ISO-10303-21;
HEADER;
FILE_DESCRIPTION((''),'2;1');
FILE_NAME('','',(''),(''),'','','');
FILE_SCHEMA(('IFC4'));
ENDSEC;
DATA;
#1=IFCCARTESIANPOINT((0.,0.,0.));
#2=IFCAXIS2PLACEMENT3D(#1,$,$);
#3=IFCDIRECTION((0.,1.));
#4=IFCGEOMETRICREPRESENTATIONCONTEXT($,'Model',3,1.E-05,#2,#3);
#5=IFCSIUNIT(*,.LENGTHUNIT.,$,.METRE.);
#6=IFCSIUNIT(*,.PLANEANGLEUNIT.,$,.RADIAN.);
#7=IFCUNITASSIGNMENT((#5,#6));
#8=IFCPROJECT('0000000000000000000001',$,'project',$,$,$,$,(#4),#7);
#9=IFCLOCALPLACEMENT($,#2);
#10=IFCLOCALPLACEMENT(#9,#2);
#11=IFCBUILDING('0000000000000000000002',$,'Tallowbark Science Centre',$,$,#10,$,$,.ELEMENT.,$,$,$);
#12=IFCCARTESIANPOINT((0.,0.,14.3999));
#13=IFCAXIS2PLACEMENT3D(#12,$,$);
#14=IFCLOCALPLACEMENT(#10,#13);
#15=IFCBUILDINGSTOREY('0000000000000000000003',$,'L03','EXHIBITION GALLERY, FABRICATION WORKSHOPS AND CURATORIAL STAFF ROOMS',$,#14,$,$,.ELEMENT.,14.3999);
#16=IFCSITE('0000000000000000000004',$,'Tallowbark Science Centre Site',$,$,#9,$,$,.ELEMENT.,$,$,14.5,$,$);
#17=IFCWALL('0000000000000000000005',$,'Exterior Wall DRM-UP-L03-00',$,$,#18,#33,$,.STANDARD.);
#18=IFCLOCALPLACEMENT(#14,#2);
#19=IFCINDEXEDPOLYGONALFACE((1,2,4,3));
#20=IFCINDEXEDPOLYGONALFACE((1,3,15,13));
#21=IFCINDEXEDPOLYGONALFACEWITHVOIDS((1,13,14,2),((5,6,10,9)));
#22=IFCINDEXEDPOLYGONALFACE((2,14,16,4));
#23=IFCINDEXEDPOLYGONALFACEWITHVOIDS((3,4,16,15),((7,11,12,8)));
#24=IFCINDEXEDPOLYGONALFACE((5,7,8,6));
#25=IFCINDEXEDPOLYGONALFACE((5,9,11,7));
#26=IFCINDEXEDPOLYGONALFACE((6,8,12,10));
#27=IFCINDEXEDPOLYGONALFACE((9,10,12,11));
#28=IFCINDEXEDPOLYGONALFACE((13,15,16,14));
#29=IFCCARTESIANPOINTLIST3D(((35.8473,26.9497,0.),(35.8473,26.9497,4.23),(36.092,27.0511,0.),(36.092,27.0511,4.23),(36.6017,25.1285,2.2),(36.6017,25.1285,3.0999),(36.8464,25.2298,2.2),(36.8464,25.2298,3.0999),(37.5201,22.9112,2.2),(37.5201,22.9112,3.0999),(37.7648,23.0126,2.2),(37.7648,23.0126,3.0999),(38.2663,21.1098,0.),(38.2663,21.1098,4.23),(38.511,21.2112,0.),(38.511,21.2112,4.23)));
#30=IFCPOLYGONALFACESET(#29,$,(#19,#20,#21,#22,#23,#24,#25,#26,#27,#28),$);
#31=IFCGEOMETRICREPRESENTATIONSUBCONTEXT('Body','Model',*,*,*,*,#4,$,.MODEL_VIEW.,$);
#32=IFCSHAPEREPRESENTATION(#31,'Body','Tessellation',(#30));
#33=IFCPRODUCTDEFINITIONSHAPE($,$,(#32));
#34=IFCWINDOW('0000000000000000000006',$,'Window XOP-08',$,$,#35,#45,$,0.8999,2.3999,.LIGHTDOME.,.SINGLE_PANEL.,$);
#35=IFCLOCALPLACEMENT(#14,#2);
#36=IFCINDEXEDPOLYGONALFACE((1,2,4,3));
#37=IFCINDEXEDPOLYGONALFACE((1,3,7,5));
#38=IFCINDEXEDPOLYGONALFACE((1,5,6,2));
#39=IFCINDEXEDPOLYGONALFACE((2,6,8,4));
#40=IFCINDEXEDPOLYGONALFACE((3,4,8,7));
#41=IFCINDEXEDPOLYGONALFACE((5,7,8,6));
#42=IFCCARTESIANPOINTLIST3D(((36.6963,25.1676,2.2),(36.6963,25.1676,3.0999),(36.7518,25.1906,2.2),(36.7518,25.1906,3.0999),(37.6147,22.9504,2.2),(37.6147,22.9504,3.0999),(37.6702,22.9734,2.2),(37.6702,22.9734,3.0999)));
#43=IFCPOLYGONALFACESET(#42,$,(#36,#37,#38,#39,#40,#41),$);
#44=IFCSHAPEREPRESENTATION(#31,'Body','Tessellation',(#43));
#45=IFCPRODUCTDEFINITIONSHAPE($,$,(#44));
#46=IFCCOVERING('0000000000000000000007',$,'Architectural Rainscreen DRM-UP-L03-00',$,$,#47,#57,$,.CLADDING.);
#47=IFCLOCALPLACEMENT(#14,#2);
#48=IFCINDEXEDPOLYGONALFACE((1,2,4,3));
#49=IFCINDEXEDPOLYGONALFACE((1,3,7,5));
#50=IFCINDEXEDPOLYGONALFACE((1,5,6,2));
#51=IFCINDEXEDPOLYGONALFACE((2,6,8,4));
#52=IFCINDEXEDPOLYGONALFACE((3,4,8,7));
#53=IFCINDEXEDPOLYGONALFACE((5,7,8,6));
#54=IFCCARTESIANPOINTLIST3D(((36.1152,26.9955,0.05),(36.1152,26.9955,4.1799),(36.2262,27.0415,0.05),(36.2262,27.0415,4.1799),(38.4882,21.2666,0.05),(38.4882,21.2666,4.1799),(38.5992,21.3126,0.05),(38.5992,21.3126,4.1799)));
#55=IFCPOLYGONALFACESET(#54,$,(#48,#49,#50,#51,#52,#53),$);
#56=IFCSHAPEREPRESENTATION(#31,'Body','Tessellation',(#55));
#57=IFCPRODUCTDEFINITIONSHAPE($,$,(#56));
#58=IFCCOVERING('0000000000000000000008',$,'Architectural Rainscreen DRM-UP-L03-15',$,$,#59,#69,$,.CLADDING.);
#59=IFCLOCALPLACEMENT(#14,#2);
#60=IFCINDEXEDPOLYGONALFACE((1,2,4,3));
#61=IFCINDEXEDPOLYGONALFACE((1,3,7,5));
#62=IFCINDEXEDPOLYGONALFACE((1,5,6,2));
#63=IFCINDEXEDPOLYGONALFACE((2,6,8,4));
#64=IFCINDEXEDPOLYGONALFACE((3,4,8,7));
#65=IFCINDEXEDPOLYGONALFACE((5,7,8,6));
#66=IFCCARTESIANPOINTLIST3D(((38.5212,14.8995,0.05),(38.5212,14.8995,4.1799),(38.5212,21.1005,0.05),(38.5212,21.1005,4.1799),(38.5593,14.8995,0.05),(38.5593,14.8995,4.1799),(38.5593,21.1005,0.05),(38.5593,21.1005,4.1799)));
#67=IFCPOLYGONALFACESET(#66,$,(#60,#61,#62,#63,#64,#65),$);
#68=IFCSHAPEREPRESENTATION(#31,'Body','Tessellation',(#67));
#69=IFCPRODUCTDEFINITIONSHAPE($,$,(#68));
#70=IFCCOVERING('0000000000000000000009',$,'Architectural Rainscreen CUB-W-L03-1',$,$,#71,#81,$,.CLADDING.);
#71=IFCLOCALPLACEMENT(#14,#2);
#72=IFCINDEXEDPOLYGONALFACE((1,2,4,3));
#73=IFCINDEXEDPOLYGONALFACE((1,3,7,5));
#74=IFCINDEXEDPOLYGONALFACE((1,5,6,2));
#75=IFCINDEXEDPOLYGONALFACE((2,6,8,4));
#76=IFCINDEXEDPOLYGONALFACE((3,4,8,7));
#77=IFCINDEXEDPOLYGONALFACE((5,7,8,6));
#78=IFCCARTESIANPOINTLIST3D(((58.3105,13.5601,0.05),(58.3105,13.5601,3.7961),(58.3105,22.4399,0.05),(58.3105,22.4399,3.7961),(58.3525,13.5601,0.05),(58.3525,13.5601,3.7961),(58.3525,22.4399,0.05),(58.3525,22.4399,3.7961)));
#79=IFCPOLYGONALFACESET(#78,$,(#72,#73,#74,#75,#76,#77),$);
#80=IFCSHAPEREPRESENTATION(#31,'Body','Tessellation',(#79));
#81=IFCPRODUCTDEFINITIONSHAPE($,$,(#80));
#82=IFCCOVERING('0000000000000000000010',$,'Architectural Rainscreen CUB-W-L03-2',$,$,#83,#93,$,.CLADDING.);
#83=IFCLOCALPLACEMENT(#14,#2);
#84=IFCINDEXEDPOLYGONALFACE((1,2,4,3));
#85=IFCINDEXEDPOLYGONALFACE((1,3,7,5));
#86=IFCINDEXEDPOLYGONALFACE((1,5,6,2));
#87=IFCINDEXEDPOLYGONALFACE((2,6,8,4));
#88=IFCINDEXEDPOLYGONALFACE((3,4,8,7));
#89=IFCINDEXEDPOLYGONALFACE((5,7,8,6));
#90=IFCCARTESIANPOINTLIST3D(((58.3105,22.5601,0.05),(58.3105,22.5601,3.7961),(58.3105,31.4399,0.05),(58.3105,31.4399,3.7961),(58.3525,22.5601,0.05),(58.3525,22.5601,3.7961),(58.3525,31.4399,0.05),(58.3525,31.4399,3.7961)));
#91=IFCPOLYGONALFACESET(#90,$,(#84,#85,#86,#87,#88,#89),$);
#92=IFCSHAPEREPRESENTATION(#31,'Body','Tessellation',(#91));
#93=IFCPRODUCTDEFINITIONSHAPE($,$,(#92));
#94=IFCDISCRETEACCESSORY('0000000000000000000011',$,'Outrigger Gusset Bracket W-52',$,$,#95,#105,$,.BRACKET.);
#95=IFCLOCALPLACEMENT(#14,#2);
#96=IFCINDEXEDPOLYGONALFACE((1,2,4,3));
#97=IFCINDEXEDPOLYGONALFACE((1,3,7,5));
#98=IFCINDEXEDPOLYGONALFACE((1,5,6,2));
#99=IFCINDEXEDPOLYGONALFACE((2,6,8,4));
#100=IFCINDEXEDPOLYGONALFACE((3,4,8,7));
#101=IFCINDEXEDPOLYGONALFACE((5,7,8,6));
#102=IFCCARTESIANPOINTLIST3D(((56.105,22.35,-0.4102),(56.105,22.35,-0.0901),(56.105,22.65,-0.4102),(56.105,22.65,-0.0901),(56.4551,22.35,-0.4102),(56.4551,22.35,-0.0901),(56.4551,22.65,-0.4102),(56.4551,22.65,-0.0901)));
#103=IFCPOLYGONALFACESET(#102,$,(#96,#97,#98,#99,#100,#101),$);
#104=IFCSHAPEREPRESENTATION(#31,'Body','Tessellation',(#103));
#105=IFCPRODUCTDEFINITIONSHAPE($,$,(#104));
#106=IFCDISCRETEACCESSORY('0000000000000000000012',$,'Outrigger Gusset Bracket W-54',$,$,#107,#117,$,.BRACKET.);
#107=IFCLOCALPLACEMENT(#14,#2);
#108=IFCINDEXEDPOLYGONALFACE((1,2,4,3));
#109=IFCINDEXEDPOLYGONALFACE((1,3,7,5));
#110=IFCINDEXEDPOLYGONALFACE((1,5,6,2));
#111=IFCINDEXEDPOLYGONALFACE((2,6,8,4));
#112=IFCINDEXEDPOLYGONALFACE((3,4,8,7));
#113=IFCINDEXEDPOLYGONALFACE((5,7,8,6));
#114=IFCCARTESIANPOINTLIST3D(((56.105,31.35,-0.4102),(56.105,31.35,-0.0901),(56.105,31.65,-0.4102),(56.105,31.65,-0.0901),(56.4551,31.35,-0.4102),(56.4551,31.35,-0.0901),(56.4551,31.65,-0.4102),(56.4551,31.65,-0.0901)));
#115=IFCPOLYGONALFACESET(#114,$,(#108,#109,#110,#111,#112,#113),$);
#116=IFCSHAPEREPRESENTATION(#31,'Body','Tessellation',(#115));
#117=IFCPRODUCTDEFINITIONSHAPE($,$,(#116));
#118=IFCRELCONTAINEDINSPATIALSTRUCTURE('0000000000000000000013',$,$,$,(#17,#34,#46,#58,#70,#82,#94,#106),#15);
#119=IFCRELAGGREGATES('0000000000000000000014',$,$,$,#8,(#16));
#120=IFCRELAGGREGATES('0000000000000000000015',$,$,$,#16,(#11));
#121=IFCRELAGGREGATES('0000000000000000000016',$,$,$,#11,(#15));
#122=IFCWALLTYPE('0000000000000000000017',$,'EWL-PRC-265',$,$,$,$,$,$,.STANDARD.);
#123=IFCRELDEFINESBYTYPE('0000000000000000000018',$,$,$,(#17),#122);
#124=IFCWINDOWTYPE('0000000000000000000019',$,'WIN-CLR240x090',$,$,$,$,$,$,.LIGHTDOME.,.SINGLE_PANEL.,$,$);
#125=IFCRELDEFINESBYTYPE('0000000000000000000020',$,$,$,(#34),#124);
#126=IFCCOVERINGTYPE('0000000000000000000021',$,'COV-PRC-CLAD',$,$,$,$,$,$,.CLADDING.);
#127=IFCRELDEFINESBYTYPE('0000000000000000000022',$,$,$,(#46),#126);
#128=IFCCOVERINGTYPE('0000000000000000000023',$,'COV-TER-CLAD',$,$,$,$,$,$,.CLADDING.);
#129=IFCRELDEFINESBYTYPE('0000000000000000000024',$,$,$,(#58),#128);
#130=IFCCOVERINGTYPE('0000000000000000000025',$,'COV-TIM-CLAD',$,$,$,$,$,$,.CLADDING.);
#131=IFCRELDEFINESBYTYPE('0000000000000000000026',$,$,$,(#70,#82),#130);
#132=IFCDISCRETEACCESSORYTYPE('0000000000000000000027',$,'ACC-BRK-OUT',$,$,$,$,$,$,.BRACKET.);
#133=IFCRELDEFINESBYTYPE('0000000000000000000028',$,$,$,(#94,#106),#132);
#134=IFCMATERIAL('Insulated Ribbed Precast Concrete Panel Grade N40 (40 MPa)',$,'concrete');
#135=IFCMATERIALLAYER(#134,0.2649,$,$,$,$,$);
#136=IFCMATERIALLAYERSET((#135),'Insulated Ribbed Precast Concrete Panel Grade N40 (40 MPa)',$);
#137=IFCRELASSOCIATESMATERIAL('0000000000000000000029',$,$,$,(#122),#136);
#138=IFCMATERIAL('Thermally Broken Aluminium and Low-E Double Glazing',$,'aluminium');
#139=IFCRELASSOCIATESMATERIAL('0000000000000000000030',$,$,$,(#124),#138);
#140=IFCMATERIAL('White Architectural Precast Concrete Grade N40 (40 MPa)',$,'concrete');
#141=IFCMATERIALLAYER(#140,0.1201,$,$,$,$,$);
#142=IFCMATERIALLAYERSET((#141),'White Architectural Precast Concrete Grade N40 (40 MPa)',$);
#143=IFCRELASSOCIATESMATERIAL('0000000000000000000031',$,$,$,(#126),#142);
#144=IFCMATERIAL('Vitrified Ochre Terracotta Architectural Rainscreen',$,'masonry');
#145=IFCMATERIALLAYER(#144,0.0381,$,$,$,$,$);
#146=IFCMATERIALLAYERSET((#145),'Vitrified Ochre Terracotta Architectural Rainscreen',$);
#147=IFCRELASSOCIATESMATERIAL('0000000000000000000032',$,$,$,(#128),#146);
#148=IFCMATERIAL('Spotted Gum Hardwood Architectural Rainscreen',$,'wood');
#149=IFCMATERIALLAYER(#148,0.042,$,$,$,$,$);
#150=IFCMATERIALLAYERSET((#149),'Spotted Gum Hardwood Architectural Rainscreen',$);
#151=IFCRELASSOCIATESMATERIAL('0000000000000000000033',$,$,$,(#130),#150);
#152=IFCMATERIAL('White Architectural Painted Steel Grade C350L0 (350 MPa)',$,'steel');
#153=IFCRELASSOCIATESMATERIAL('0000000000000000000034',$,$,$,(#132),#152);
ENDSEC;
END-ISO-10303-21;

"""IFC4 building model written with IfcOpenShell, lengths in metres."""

from ifc_helpers import new_model, si_unit, direction, frame, frame_2d, origin, origin_2d, place, context, subcontext, project, spatial, rectangle, extrude, material, layer, layer_set, type_object, element, fill, save


model = new_model("IFC4")

# Units and contexts
model_context = context("Model", 3, precision=1e-05, world=origin(), true_north=direction((0.0, 1.0)))
body_context = subcontext(model_context, "Body", "Model", "MODEL_VIEW")
ifc_project = project(units=[si_unit("LENGTHUNIT", "METRE"), si_unit("PLANEANGLEUNIT", "RADIAN")], contexts=[model_context])

# Site, building, storey
site_placement = place(None, origin())
site = spatial("IfcSite", under=ifc_project, at=site_placement, Name="Tallowbark Science Centre Site", CompositionType="ELEMENT", RefElevation=14.5)
building_placement = place(site_placement, origin())
building = spatial("IfcBuilding", under=site, at=building_placement, Name="Tallowbark Science Centre", CompositionType="ELEMENT")
storey_placement = place(building_placement, frame((0.0, 0.0, 14.3999)))
storey = spatial("IfcBuildingStorey", under=building, at=storey_placement, Name="L03", Description="EXHIBITION GALLERY, FABRICATION WORKSHOPS AND CURATORIAL STAFF ROOMS", CompositionType="ELEMENT", Elevation=14.3999)

# Shared definitions
ifc_material_1 = material(Name="White Architectural Painted Steel Grade C350L0 (350 MPa)", Category="steel")

# Wall, opening, window
ifc_material_2 = material(Name="Insulated Ribbed Precast Concrete Panel Grade N40 (40 MPa)", Category="concrete")
ifc_layer_1 = layer(ifc_material_2, 0.2649)
ifc_layer_set_1 = layer_set([ifc_layer_1], Name="Insulated Ribbed Precast Concrete Panel Grade N40 (40 MPa)")
wall_type = type_object("IfcWallType", Name="EWL-PRC-265", PredefinedType="STANDARD", material=ifc_layer_set_1)
wall_placement = place(storey_placement, frame((38.3887, 21.1604, 0.0), z_axis=(0.0, 0.0, 1.0), x_axis=(-0.382684, 0.923879, 0.0)))
wall = element("IfcWall", 1, at=wall_placement, inside=storey, type_object=wall_type, Name="Exterior Wall DRM-UP-L03-00", PredefinedType="STANDARD", context=body_context, shape_type="SweptSolid", body=[
    extrude(rectangle(XDim=6.321, YDim=0.2649, at=frame_2d((3.1606, 0.0))), origin(), (0.0, 0.0, 1.0), 4.23),
])
opening_placement = place(wall_placement, frame((1.95, 0.0, 2.2)))
opening = element("IfcOpeningElement", 2, at=opening_placement, cuts=wall, PredefinedType="OPENING", context=body_context, shape_type="SweptSolid", body=[
    extrude(rectangle(XDim=2.3999, YDim=0.8999, at=frame_2d((1.2, 0.45))), frame((0.0, 0.1426, 0.0), z_axis=(0.0, -1.0, 0.0), x_axis=(1.0, 0.0, 0.0)), (0.0, 0.0, 1.0), 0.2849),
])
ifc_material_3 = material(Name="Thermally Broken Aluminium and Low-E Double Glazing", Category="aluminium")
window_type = type_object("IfcWindowType", Name="WIN-CLR240x090", PartitioningType="SINGLE_PANEL", PredefinedType="LIGHTDOME", material=ifc_material_3)
window_placement = place(opening_placement, origin())
window = element("IfcWindow", 3, at=window_placement, inside=storey, type_object=window_type, Name="Window XOP-08", OverallHeight=0.8999, OverallWidth=2.3999, PartitioningType="SINGLE_PANEL", PredefinedType="LIGHTDOME", context=body_context, shape_type="SweptSolid", body=[
    extrude(rectangle(XDim=2.3999, YDim=0.8999, at=frame_2d((1.2, 0.45))), frame((0.0, 0.03, 0.0), z_axis=(0.0, -1.0, 0.0), x_axis=(1.0, 0.0, 0.0)), (0.0, 0.0, 1.0), 0.0601),
])
fill(opening, window)

# Coverings
ifc_material_4 = material(Name="White Architectural Precast Concrete Grade N40 (40 MPa)", Category="concrete")
ifc_layer_2 = layer(ifc_material_4, 0.1201)
ifc_layer_set_2 = layer_set([ifc_layer_2], Name="White Architectural Precast Concrete Grade N40 (40 MPa)")
covering_type_1 = type_object("IfcCoveringType", Name="COV-PRC-CLAD", PredefinedType="CLADDING", material=ifc_layer_set_2)
covering_1_placement = place(storey_placement, frame((37.3572, 24.1541, 0.05), z_axis=(0.0, 0.0, 1.0), x_axis=(-0.382683, 0.92388, 0.0)))
element("IfcCovering", 4, at=covering_1_placement, inside=storey, type_object=covering_type_1, Name="Architectural Rainscreen DRM-UP-L03-00", PredefinedType="CLADDING", context=body_context, shape_type="SweptSolid", body=[
    extrude(rectangle(XDim=6.2009, YDim=0.1201, at=origin_2d()), origin(), (0.0, 0.0, 1.0), 4.1299),
])
ifc_material_5 = material(Name="Vitrified Ochre Terracotta Architectural Rainscreen", Category="masonry")
ifc_layer_3 = layer(ifc_material_5, 0.0381)
ifc_layer_set_3 = layer_set([ifc_layer_3], Name="Vitrified Ochre Terracotta Architectural Rainscreen")
covering_type_2 = type_object("IfcCoveringType", Name="COV-TER-CLAD", PredefinedType="CLADDING", material=ifc_layer_set_3)
covering_2_placement = place(storey_placement, frame((38.5403, 18.0, 0.05), z_axis=(0.0, 0.0, 1.0), x_axis=(0.0, 1.0, 0.0)))
element("IfcCovering", 5, at=covering_2_placement, inside=storey, type_object=covering_type_2, Name="Architectural Rainscreen DRM-UP-L03-15", PredefinedType="CLADDING", context=body_context, shape_type="SweptSolid", body=[
    extrude(rectangle(XDim=6.2009, YDim=0.0381, at=origin_2d()), origin(), (0.0, 0.0, 1.0), 4.1299),
])
ifc_material_6 = material(Name="Spotted Gum Hardwood Architectural Rainscreen", Category="wood")
ifc_layer_4 = layer(ifc_material_6, 0.042)
ifc_layer_set_4 = layer_set([ifc_layer_4], Name="Spotted Gum Hardwood Architectural Rainscreen")
covering_type_3 = type_object("IfcCoveringType", Name="COV-TIM-CLAD", PredefinedType="CLADDING", material=ifc_layer_set_4)
for number, where, z_axis, x_axis, name in (
    (6, (58.3315, 18.0, 0.05), (0.0, 0.0, 1.0), (0.0, -1.0, 0.0), "Architectural Rainscreen CUB-W-L03-1"),
    (7, (58.3315, 27.0, 0.05), (0.0, 0.0, 1.0), (0.0, -1.0, 0.0), "Architectural Rainscreen CUB-W-L03-2"),
):
    element("IfcCovering", number, at=place(storey_placement, frame(where, z_axis=z_axis, x_axis=x_axis)), inside=storey, type_object=covering_type_3, Name=name, PredefinedType="CLADDING", context=body_context, shape_type="SweptSolid", body=[
        extrude(rectangle(XDim=8.8799, YDim=0.042, at=origin_2d()), origin(), (0.0, 0.0, 1.0), 3.7461),
    ])

# Discrete accessories
discrete_accessory_type = type_object("IfcDiscreteAccessoryType", Name="ACC-BRK-OUT", PredefinedType="BRACKET", material=ifc_material_1)
for number, where, z_axis, x_axis, name in (
    (8, (56.28, 22.5, -0.4102), (0.0, 0.0, 1.0), (1.0, 0.0, 0.0), "Outrigger Gusset Bracket W-52"),
    (9, (56.28, 31.5, -0.4102), (0.0, 0.0, 1.0), (1.0, 0.0, 0.0), "Outrigger Gusset Bracket W-54"),
):
    element("IfcDiscreteAccessory", number, at=place(storey_placement, frame(where, z_axis=z_axis, x_axis=x_axis)), inside=storey, type_object=discrete_accessory_type, Name=name, PredefinedType="BRACKET", context=body_context, shape_type="SweptSolid", body=[
        extrude(rectangle(XDim=0.3501, YDim=0.3, at=origin_2d()), origin(), (0.0, 0.0, 1.0), 0.3201),
    ])

save(model, "model.ifc")
